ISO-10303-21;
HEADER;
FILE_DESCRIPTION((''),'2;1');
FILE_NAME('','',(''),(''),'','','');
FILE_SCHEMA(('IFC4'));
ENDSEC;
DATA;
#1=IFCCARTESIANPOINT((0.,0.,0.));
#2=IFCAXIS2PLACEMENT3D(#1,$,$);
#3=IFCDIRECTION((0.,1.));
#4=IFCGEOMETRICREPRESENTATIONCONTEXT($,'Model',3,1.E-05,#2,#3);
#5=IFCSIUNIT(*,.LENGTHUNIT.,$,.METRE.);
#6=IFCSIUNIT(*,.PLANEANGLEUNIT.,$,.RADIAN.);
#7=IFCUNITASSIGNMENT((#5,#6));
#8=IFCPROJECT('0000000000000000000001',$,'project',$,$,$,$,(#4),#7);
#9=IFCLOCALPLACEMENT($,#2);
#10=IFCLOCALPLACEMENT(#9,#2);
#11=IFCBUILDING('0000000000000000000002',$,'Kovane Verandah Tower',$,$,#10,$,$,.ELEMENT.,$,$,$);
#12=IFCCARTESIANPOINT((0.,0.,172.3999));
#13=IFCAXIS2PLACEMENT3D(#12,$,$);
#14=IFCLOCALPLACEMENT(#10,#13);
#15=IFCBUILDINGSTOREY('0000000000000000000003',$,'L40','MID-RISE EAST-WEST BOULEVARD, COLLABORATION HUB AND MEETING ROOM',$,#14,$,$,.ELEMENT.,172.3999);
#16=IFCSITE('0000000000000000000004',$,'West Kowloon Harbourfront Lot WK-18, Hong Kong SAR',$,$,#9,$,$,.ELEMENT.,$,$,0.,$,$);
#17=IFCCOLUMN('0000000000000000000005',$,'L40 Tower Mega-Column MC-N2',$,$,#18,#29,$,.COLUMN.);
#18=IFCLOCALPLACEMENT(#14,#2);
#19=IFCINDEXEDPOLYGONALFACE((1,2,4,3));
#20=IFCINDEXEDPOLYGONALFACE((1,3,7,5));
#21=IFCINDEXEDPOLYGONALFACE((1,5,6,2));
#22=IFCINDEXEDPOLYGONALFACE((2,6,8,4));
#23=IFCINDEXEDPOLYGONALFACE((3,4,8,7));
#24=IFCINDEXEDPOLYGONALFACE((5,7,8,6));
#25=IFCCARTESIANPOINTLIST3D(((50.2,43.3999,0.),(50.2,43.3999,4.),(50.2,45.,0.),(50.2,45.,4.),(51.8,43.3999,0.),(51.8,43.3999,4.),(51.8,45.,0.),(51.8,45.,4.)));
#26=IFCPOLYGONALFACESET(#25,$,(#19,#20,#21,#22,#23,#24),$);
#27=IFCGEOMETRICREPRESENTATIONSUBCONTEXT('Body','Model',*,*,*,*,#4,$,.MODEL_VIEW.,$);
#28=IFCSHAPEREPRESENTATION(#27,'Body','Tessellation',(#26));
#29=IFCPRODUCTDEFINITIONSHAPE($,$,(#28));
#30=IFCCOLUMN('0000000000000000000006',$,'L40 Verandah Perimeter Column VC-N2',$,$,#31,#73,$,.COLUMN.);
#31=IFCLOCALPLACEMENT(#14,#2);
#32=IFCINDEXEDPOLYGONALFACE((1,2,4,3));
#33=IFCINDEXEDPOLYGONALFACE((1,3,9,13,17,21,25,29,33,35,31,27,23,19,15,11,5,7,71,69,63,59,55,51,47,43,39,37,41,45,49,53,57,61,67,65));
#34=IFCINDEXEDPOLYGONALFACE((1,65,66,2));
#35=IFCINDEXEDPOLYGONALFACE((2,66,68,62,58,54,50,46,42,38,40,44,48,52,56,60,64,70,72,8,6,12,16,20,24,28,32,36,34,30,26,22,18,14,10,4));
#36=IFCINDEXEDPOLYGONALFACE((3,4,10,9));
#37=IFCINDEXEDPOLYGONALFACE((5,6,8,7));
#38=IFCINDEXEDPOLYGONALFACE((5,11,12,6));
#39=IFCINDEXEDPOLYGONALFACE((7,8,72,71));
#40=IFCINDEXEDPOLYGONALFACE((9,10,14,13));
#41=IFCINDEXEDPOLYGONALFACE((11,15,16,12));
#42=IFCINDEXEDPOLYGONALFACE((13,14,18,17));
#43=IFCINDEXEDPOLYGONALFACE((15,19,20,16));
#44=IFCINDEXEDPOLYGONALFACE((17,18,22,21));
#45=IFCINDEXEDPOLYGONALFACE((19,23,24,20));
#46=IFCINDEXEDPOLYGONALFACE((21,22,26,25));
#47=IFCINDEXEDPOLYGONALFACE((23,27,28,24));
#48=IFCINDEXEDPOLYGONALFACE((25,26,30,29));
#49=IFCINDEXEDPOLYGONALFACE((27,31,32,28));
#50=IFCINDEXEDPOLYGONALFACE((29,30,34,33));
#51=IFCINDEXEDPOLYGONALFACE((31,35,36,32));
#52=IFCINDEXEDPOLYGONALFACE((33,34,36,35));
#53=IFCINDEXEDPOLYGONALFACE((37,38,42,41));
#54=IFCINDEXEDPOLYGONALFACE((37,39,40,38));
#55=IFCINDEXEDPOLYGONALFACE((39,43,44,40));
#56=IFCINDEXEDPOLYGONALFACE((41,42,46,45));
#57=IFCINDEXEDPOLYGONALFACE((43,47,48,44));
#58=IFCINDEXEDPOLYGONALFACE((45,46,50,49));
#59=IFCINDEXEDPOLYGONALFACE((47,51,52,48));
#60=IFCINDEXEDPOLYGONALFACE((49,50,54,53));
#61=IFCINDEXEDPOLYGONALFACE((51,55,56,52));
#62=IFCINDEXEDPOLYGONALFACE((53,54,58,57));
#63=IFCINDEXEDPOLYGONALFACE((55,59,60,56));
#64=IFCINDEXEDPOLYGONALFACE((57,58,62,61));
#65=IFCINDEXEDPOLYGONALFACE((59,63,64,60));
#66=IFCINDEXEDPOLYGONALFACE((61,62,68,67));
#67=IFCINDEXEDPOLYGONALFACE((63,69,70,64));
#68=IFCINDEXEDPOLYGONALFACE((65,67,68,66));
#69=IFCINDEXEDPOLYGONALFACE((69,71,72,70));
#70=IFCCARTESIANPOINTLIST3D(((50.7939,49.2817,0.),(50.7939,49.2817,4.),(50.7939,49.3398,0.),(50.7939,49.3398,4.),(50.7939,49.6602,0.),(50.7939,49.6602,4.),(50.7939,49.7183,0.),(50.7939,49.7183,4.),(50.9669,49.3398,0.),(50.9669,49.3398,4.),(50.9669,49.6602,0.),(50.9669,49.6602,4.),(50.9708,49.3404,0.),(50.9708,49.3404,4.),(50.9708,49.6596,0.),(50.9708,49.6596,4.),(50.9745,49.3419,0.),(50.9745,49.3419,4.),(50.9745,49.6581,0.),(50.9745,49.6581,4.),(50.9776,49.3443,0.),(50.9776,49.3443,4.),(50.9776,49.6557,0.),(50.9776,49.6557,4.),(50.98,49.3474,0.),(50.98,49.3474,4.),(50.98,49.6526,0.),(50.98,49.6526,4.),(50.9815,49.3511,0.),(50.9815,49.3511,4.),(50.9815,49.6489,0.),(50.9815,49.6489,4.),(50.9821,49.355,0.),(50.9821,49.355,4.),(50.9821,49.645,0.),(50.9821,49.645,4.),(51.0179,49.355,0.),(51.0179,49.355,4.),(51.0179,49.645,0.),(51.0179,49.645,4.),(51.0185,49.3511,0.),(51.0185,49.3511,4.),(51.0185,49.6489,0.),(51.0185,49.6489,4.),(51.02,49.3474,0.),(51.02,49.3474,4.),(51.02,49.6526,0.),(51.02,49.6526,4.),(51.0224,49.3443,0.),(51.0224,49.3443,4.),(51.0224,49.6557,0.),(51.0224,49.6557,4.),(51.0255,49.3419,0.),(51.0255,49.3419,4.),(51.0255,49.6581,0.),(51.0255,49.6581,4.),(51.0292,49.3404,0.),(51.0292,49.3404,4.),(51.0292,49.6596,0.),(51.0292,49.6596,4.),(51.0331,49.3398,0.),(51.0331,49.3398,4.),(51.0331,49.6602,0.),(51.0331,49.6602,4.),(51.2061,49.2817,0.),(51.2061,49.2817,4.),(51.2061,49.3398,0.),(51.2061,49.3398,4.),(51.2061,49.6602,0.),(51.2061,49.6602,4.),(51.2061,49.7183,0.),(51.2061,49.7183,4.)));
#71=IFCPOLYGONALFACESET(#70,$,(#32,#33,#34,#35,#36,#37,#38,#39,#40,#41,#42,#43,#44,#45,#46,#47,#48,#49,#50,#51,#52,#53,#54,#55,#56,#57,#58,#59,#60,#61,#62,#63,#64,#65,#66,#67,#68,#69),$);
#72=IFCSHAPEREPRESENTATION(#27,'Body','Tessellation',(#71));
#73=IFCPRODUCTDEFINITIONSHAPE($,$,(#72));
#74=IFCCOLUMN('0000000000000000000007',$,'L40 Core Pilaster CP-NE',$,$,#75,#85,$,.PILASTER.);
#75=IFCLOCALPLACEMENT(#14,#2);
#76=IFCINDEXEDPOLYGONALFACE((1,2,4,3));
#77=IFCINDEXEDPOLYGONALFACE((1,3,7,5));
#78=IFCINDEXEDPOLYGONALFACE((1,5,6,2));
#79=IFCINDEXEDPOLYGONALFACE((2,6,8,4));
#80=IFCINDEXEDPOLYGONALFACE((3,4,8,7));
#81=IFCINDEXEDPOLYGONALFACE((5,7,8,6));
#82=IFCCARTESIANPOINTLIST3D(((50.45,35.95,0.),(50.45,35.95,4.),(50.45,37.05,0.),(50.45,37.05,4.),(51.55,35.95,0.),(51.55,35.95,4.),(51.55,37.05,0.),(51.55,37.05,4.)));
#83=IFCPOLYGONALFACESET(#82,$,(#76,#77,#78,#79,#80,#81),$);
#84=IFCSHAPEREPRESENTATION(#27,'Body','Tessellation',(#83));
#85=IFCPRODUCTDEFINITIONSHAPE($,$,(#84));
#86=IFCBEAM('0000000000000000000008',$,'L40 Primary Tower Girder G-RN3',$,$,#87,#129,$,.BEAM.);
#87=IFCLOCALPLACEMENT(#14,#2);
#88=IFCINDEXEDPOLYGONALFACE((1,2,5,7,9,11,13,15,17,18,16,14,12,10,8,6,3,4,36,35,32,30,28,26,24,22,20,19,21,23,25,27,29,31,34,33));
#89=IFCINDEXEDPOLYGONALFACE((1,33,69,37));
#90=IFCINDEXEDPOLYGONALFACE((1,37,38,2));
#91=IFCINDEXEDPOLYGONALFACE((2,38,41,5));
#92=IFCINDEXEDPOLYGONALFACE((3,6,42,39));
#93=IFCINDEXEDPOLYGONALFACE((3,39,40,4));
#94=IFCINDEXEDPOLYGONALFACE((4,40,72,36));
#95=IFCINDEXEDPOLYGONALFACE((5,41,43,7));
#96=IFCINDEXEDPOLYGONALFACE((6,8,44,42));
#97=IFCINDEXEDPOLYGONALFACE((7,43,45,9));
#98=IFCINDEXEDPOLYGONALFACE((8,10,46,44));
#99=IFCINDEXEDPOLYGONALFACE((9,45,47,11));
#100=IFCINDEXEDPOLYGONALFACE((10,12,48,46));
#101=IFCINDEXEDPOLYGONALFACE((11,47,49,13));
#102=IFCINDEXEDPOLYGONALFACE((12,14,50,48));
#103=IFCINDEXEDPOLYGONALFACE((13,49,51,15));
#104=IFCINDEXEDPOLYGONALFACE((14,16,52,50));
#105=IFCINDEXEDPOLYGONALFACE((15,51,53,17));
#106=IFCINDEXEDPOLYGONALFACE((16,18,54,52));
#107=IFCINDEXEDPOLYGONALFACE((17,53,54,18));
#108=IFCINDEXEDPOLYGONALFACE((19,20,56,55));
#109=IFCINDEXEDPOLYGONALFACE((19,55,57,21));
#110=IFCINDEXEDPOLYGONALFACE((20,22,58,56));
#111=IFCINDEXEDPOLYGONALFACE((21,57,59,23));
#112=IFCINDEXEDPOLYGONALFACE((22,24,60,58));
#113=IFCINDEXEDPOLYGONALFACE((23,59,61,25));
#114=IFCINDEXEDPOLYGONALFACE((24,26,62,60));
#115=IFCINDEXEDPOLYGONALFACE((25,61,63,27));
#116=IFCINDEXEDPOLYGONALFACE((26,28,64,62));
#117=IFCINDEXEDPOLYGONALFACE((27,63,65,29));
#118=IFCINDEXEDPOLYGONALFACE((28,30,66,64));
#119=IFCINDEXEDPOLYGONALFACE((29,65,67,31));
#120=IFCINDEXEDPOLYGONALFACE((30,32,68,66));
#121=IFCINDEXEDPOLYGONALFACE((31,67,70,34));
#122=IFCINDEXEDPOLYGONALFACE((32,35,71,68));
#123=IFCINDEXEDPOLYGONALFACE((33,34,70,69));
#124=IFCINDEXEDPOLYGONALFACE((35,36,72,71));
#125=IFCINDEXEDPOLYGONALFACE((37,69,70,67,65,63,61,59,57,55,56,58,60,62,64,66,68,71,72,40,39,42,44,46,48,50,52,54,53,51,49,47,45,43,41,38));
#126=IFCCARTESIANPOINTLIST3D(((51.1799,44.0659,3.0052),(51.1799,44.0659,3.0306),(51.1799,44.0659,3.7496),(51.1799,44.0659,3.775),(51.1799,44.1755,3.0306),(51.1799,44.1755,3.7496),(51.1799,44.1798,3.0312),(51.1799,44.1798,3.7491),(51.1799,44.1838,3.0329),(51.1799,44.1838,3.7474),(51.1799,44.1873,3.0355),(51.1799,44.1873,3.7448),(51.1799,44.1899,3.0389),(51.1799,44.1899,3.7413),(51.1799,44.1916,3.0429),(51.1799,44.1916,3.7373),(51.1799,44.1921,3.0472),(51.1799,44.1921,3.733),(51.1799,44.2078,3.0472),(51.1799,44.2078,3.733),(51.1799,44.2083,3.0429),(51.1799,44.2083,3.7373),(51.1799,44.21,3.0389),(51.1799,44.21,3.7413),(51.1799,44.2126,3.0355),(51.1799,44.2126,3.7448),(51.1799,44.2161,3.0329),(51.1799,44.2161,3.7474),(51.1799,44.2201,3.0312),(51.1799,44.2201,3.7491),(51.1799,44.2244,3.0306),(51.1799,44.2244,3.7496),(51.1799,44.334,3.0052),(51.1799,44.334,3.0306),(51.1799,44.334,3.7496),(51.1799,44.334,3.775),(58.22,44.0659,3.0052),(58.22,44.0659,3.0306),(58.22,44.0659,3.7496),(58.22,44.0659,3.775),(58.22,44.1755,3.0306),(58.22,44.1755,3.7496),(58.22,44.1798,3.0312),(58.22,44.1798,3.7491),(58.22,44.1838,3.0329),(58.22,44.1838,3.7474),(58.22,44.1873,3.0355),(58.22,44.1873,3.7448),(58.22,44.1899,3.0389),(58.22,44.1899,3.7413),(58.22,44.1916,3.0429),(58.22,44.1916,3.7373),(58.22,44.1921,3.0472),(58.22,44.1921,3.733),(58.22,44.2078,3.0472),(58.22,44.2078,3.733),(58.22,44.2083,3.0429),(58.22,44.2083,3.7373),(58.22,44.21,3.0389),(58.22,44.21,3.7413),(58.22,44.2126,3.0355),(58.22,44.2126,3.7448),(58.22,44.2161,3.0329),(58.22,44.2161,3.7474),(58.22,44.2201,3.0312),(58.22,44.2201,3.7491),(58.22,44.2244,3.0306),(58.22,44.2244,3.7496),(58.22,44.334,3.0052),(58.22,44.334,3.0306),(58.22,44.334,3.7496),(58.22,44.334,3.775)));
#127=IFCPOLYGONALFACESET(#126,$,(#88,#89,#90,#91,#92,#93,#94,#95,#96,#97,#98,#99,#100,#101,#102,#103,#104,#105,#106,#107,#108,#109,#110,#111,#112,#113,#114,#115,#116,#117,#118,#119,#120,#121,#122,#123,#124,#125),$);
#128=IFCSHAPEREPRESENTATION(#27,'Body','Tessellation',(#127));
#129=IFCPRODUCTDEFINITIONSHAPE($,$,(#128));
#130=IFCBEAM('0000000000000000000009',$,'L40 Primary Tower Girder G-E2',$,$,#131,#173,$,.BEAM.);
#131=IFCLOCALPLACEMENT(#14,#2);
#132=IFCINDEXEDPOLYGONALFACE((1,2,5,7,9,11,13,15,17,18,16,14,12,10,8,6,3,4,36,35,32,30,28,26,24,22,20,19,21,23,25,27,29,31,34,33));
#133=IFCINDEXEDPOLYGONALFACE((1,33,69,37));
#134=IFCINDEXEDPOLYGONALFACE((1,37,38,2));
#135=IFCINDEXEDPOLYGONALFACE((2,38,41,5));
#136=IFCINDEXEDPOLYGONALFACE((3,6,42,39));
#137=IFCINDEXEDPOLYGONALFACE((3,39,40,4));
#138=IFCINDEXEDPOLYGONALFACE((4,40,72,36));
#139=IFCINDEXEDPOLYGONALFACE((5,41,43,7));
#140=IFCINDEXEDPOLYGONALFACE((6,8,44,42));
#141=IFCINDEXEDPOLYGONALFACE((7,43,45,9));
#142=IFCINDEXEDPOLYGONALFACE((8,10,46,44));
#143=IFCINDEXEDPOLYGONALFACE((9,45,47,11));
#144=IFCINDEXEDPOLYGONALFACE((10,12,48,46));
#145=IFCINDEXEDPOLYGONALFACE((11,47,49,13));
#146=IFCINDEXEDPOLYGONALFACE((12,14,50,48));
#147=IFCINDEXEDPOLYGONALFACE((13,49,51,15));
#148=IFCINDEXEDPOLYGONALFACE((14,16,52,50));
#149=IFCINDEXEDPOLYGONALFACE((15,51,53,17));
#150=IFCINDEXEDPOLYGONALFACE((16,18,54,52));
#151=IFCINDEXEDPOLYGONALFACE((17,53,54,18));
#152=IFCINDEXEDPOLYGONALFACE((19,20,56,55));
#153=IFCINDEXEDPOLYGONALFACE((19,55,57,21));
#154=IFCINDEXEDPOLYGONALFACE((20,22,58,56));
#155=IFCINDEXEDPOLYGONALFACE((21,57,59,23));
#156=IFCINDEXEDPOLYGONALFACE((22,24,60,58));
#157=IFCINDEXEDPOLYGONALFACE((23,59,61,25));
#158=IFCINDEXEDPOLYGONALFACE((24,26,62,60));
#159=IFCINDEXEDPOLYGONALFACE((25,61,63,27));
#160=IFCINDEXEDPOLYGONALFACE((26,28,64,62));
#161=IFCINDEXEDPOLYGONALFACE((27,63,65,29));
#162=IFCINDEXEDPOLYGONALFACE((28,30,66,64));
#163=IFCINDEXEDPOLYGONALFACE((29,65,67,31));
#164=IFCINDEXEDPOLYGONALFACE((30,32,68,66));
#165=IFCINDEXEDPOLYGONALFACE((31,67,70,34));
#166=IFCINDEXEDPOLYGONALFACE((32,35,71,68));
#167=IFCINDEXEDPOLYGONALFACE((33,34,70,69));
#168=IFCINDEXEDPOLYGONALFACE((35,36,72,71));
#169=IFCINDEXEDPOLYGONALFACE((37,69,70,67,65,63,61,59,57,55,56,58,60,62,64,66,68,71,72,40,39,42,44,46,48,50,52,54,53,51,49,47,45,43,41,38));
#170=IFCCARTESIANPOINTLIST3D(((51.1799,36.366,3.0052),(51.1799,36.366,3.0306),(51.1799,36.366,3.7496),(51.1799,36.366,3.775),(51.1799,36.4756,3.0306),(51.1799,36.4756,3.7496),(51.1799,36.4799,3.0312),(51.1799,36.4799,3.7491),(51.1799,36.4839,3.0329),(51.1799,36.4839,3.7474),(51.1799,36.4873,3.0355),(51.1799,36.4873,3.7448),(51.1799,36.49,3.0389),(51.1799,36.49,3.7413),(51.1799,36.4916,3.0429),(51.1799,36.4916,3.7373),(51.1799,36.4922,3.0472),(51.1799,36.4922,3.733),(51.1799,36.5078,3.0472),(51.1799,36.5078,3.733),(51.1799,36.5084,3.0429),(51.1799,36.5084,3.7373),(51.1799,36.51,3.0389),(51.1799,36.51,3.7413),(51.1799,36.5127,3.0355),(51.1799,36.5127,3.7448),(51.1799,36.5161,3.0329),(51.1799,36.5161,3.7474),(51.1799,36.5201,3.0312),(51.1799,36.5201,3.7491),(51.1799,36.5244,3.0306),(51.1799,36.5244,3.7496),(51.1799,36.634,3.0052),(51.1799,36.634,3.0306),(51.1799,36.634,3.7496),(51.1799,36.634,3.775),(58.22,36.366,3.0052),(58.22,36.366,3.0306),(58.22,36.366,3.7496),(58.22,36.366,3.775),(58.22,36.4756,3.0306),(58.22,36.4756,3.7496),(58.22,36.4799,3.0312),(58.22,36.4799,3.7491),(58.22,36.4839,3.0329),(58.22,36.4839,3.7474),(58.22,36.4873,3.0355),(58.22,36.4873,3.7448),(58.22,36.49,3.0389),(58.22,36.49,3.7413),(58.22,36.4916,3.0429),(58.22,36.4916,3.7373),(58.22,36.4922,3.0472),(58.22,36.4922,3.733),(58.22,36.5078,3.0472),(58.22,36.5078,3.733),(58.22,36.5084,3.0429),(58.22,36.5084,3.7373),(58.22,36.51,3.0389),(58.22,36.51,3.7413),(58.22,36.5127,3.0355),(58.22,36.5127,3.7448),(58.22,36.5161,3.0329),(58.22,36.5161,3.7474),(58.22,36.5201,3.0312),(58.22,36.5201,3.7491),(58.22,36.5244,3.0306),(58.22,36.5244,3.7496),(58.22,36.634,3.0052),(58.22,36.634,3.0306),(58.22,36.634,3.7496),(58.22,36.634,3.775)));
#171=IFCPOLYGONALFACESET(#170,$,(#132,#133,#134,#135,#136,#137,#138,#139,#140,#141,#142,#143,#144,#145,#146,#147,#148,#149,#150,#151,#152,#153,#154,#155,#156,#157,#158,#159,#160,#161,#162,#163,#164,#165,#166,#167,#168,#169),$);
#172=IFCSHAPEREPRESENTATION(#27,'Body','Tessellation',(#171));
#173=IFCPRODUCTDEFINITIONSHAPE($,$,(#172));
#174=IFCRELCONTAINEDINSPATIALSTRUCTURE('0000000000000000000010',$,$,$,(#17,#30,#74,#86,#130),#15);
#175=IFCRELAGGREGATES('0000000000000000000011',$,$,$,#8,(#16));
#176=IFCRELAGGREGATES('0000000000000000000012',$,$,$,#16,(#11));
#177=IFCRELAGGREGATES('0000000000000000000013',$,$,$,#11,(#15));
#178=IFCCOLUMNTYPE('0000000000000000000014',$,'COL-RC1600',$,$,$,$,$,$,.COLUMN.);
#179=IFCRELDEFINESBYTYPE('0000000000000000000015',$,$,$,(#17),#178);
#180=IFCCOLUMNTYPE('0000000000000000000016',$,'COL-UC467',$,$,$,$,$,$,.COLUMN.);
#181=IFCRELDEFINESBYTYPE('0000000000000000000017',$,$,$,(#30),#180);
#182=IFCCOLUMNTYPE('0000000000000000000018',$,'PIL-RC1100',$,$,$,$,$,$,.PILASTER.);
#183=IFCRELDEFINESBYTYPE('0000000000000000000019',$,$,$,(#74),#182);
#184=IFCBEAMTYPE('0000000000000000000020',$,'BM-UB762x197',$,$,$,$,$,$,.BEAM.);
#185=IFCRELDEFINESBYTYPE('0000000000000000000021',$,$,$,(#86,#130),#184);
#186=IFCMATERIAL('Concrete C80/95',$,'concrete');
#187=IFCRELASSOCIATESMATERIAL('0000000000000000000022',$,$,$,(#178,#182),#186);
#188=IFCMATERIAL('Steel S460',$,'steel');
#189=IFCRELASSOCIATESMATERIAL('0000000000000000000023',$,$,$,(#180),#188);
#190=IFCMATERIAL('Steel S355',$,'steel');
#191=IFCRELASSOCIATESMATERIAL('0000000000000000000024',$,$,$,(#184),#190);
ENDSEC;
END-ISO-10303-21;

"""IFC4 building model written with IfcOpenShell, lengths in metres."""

from ifc_helpers import new_model, si_unit, direction, frame, origin, origin_2d, place, context, subcontext, project, spatial, rectangle, i_section, extrude, material, material_profile, profile_set, type_object, element, save


model = new_model("IFC4")

# Units and contexts
model_context = context("Model", 3, precision=1e-05, world=origin(), true_north=direction((0.0, 1.0)))
body_context = subcontext(model_context, "Body", "Model", "MODEL_VIEW")
ifc_project = project(units=[si_unit("LENGTHUNIT", "METRE"), si_unit("PLANEANGLEUNIT", "RADIAN")], contexts=[model_context])

# Site, building, storey
site_placement = place(None, origin())
site = spatial("IfcSite", under=ifc_project, at=site_placement, Name="West Kowloon Harbourfront Lot WK-18, Hong Kong SAR", CompositionType="ELEMENT", RefElevation=0.0)
building_placement = place(site_placement, origin())
building = spatial("IfcBuilding", under=site, at=building_placement, Name="Kovane Verandah Tower", CompositionType="ELEMENT")
storey_placement = place(building_placement, frame((0.0, 0.0, 172.3999)))
storey = spatial("IfcBuildingStorey", under=building, at=storey_placement, Name="L40", Description="MID-RISE EAST-WEST BOULEVARD, COLLABORATION HUB AND MEETING ROOM", CompositionType="ELEMENT", Elevation=172.3999)

# Columns
ifc_material_1 = material(Name="Concrete C80/95", Category="concrete")
ifc_material_profile_1 = material_profile(ifc_material_1, rectangle(XDim=1.6001, YDim=1.6001, at=origin_2d()), Name="RC1600x1600")
ifc_profile_set_1 = profile_set([ifc_material_profile_1], Name="Concrete C80/95")
column_type_1 = type_object("IfcColumnType", Name="COL-RC1600", PredefinedType="COLUMN", material=ifc_profile_set_1)
column_1_placement = place(storey_placement, frame((51.0, 44.2, 0.0), z_axis=(0.0, 0.0, 1.0), x_axis=(1.0, 0.0, 0.0)))
element("IfcColumn", 1, at=column_1_placement, inside=storey, type_object=column_type_1, Name="L40 Tower Mega-Column MC-N2", PredefinedType="COLUMN", context=body_context, shape_type="SweptSolid", body=[
    extrude(rectangle(XDim=1.6001, YDim=1.6001, at=origin_2d()), origin(), (0.0, 0.0, 1.0), 4.0),
])
ifc_material_2 = material(Name="Steel S460", Category="steel")
ifc_material_profile_2 = material_profile(ifc_material_2, i_section(OverallWidth=0.4121, OverallDepth=0.4365, WebThickness=0.0359, FlangeThickness=0.0581, FilletRadius=0.0151, at=origin_2d()), Name="UC356x406x467")
ifc_profile_set_2 = profile_set([ifc_material_profile_2], Name="Steel S460")
column_type_2 = type_object("IfcColumnType", Name="COL-UC467", PredefinedType="COLUMN", material=ifc_profile_set_2)
column_2_placement = place(storey_placement, frame((51.0, 49.5, 0.0), z_axis=(0.0, 0.0, 1.0), x_axis=(1.0, 0.0, 0.0)))
element("IfcColumn", 2, at=column_2_placement, inside=storey, type_object=column_type_2, Name="L40 Verandah Perimeter Column VC-N2", PredefinedType="COLUMN", context=body_context, shape_type="SweptSolid", body=[
    extrude(i_section(OverallWidth=0.4121, OverallDepth=0.4365, WebThickness=0.0359, FlangeThickness=0.0581, FilletRadius=0.0151, at=origin_2d()), origin(), (0.0, 0.0, 1.0), 4.0),
])
ifc_material_profile_3 = material_profile(ifc_material_1, rectangle(XDim=1.1001, YDim=1.1001, at=origin_2d()), Name="RC1100x1100")
ifc_profile_set_3 = profile_set([ifc_material_profile_3], Name="Concrete C80/95")
column_type_3 = type_object("IfcColumnType", Name="PIL-RC1100", PredefinedType="PILASTER", material=ifc_profile_set_3)
column_3_placement = place(storey_placement, frame((51.0, 36.5, 0.0), z_axis=(0.0, 0.0, 1.0), x_axis=(1.0, 0.0, 0.0)))
element("IfcColumn", 3, at=column_3_placement, inside=storey, type_object=column_type_3, Name="L40 Core Pilaster CP-NE", PredefinedType="PILASTER", context=body_context, shape_type="SweptSolid", body=[
    extrude(rectangle(XDim=1.1001, YDim=1.1001, at=origin_2d()), origin(), (0.0, 0.0, 1.0), 4.0),
])

# Beams
ifc_material_3 = material(Name="Steel S355", Category="steel")
ifc_material_profile_4 = material_profile(ifc_material_3, i_section(OverallWidth=0.2681, OverallDepth=0.7698, WebThickness=0.0156, FlangeThickness=0.0254, FilletRadius=0.0166, at=origin_2d()), Name="UB762x267x197")
ifc_profile_set_4 = profile_set([ifc_material_profile_4], Name="Steel S355")
beam_type = type_object("IfcBeamType", Name="BM-UB762x197", PredefinedType="BEAM", material=ifc_profile_set_4)
for number, where, z_axis, x_axis, name in (
    (4, (51.1799, 44.2, 3.3901), (1.0, 0.0, 0.0), (0.0, 1.0, 0.0), "L40 Primary Tower Girder G-RN3"),
    (5, (51.1799, 36.5, 3.3901), (1.0, 0.0, 0.0), (0.0, 1.0, 0.0), "L40 Primary Tower Girder G-E2"),
):
    element("IfcBeam", number, at=place(storey_placement, frame(where, z_axis=z_axis, x_axis=x_axis)), inside=storey, type_object=beam_type, Name=name, PredefinedType="BEAM", context=body_context, shape_type="SweptSolid", body=[
        extrude(i_section(OverallWidth=0.2681, OverallDepth=0.7698, WebThickness=0.0156, FlangeThickness=0.0254, FilletRadius=0.0166, at=origin_2d()), origin(), (0.0, 0.0, 1.0), 7.04),
    ])

save(model, "model.ifc")
